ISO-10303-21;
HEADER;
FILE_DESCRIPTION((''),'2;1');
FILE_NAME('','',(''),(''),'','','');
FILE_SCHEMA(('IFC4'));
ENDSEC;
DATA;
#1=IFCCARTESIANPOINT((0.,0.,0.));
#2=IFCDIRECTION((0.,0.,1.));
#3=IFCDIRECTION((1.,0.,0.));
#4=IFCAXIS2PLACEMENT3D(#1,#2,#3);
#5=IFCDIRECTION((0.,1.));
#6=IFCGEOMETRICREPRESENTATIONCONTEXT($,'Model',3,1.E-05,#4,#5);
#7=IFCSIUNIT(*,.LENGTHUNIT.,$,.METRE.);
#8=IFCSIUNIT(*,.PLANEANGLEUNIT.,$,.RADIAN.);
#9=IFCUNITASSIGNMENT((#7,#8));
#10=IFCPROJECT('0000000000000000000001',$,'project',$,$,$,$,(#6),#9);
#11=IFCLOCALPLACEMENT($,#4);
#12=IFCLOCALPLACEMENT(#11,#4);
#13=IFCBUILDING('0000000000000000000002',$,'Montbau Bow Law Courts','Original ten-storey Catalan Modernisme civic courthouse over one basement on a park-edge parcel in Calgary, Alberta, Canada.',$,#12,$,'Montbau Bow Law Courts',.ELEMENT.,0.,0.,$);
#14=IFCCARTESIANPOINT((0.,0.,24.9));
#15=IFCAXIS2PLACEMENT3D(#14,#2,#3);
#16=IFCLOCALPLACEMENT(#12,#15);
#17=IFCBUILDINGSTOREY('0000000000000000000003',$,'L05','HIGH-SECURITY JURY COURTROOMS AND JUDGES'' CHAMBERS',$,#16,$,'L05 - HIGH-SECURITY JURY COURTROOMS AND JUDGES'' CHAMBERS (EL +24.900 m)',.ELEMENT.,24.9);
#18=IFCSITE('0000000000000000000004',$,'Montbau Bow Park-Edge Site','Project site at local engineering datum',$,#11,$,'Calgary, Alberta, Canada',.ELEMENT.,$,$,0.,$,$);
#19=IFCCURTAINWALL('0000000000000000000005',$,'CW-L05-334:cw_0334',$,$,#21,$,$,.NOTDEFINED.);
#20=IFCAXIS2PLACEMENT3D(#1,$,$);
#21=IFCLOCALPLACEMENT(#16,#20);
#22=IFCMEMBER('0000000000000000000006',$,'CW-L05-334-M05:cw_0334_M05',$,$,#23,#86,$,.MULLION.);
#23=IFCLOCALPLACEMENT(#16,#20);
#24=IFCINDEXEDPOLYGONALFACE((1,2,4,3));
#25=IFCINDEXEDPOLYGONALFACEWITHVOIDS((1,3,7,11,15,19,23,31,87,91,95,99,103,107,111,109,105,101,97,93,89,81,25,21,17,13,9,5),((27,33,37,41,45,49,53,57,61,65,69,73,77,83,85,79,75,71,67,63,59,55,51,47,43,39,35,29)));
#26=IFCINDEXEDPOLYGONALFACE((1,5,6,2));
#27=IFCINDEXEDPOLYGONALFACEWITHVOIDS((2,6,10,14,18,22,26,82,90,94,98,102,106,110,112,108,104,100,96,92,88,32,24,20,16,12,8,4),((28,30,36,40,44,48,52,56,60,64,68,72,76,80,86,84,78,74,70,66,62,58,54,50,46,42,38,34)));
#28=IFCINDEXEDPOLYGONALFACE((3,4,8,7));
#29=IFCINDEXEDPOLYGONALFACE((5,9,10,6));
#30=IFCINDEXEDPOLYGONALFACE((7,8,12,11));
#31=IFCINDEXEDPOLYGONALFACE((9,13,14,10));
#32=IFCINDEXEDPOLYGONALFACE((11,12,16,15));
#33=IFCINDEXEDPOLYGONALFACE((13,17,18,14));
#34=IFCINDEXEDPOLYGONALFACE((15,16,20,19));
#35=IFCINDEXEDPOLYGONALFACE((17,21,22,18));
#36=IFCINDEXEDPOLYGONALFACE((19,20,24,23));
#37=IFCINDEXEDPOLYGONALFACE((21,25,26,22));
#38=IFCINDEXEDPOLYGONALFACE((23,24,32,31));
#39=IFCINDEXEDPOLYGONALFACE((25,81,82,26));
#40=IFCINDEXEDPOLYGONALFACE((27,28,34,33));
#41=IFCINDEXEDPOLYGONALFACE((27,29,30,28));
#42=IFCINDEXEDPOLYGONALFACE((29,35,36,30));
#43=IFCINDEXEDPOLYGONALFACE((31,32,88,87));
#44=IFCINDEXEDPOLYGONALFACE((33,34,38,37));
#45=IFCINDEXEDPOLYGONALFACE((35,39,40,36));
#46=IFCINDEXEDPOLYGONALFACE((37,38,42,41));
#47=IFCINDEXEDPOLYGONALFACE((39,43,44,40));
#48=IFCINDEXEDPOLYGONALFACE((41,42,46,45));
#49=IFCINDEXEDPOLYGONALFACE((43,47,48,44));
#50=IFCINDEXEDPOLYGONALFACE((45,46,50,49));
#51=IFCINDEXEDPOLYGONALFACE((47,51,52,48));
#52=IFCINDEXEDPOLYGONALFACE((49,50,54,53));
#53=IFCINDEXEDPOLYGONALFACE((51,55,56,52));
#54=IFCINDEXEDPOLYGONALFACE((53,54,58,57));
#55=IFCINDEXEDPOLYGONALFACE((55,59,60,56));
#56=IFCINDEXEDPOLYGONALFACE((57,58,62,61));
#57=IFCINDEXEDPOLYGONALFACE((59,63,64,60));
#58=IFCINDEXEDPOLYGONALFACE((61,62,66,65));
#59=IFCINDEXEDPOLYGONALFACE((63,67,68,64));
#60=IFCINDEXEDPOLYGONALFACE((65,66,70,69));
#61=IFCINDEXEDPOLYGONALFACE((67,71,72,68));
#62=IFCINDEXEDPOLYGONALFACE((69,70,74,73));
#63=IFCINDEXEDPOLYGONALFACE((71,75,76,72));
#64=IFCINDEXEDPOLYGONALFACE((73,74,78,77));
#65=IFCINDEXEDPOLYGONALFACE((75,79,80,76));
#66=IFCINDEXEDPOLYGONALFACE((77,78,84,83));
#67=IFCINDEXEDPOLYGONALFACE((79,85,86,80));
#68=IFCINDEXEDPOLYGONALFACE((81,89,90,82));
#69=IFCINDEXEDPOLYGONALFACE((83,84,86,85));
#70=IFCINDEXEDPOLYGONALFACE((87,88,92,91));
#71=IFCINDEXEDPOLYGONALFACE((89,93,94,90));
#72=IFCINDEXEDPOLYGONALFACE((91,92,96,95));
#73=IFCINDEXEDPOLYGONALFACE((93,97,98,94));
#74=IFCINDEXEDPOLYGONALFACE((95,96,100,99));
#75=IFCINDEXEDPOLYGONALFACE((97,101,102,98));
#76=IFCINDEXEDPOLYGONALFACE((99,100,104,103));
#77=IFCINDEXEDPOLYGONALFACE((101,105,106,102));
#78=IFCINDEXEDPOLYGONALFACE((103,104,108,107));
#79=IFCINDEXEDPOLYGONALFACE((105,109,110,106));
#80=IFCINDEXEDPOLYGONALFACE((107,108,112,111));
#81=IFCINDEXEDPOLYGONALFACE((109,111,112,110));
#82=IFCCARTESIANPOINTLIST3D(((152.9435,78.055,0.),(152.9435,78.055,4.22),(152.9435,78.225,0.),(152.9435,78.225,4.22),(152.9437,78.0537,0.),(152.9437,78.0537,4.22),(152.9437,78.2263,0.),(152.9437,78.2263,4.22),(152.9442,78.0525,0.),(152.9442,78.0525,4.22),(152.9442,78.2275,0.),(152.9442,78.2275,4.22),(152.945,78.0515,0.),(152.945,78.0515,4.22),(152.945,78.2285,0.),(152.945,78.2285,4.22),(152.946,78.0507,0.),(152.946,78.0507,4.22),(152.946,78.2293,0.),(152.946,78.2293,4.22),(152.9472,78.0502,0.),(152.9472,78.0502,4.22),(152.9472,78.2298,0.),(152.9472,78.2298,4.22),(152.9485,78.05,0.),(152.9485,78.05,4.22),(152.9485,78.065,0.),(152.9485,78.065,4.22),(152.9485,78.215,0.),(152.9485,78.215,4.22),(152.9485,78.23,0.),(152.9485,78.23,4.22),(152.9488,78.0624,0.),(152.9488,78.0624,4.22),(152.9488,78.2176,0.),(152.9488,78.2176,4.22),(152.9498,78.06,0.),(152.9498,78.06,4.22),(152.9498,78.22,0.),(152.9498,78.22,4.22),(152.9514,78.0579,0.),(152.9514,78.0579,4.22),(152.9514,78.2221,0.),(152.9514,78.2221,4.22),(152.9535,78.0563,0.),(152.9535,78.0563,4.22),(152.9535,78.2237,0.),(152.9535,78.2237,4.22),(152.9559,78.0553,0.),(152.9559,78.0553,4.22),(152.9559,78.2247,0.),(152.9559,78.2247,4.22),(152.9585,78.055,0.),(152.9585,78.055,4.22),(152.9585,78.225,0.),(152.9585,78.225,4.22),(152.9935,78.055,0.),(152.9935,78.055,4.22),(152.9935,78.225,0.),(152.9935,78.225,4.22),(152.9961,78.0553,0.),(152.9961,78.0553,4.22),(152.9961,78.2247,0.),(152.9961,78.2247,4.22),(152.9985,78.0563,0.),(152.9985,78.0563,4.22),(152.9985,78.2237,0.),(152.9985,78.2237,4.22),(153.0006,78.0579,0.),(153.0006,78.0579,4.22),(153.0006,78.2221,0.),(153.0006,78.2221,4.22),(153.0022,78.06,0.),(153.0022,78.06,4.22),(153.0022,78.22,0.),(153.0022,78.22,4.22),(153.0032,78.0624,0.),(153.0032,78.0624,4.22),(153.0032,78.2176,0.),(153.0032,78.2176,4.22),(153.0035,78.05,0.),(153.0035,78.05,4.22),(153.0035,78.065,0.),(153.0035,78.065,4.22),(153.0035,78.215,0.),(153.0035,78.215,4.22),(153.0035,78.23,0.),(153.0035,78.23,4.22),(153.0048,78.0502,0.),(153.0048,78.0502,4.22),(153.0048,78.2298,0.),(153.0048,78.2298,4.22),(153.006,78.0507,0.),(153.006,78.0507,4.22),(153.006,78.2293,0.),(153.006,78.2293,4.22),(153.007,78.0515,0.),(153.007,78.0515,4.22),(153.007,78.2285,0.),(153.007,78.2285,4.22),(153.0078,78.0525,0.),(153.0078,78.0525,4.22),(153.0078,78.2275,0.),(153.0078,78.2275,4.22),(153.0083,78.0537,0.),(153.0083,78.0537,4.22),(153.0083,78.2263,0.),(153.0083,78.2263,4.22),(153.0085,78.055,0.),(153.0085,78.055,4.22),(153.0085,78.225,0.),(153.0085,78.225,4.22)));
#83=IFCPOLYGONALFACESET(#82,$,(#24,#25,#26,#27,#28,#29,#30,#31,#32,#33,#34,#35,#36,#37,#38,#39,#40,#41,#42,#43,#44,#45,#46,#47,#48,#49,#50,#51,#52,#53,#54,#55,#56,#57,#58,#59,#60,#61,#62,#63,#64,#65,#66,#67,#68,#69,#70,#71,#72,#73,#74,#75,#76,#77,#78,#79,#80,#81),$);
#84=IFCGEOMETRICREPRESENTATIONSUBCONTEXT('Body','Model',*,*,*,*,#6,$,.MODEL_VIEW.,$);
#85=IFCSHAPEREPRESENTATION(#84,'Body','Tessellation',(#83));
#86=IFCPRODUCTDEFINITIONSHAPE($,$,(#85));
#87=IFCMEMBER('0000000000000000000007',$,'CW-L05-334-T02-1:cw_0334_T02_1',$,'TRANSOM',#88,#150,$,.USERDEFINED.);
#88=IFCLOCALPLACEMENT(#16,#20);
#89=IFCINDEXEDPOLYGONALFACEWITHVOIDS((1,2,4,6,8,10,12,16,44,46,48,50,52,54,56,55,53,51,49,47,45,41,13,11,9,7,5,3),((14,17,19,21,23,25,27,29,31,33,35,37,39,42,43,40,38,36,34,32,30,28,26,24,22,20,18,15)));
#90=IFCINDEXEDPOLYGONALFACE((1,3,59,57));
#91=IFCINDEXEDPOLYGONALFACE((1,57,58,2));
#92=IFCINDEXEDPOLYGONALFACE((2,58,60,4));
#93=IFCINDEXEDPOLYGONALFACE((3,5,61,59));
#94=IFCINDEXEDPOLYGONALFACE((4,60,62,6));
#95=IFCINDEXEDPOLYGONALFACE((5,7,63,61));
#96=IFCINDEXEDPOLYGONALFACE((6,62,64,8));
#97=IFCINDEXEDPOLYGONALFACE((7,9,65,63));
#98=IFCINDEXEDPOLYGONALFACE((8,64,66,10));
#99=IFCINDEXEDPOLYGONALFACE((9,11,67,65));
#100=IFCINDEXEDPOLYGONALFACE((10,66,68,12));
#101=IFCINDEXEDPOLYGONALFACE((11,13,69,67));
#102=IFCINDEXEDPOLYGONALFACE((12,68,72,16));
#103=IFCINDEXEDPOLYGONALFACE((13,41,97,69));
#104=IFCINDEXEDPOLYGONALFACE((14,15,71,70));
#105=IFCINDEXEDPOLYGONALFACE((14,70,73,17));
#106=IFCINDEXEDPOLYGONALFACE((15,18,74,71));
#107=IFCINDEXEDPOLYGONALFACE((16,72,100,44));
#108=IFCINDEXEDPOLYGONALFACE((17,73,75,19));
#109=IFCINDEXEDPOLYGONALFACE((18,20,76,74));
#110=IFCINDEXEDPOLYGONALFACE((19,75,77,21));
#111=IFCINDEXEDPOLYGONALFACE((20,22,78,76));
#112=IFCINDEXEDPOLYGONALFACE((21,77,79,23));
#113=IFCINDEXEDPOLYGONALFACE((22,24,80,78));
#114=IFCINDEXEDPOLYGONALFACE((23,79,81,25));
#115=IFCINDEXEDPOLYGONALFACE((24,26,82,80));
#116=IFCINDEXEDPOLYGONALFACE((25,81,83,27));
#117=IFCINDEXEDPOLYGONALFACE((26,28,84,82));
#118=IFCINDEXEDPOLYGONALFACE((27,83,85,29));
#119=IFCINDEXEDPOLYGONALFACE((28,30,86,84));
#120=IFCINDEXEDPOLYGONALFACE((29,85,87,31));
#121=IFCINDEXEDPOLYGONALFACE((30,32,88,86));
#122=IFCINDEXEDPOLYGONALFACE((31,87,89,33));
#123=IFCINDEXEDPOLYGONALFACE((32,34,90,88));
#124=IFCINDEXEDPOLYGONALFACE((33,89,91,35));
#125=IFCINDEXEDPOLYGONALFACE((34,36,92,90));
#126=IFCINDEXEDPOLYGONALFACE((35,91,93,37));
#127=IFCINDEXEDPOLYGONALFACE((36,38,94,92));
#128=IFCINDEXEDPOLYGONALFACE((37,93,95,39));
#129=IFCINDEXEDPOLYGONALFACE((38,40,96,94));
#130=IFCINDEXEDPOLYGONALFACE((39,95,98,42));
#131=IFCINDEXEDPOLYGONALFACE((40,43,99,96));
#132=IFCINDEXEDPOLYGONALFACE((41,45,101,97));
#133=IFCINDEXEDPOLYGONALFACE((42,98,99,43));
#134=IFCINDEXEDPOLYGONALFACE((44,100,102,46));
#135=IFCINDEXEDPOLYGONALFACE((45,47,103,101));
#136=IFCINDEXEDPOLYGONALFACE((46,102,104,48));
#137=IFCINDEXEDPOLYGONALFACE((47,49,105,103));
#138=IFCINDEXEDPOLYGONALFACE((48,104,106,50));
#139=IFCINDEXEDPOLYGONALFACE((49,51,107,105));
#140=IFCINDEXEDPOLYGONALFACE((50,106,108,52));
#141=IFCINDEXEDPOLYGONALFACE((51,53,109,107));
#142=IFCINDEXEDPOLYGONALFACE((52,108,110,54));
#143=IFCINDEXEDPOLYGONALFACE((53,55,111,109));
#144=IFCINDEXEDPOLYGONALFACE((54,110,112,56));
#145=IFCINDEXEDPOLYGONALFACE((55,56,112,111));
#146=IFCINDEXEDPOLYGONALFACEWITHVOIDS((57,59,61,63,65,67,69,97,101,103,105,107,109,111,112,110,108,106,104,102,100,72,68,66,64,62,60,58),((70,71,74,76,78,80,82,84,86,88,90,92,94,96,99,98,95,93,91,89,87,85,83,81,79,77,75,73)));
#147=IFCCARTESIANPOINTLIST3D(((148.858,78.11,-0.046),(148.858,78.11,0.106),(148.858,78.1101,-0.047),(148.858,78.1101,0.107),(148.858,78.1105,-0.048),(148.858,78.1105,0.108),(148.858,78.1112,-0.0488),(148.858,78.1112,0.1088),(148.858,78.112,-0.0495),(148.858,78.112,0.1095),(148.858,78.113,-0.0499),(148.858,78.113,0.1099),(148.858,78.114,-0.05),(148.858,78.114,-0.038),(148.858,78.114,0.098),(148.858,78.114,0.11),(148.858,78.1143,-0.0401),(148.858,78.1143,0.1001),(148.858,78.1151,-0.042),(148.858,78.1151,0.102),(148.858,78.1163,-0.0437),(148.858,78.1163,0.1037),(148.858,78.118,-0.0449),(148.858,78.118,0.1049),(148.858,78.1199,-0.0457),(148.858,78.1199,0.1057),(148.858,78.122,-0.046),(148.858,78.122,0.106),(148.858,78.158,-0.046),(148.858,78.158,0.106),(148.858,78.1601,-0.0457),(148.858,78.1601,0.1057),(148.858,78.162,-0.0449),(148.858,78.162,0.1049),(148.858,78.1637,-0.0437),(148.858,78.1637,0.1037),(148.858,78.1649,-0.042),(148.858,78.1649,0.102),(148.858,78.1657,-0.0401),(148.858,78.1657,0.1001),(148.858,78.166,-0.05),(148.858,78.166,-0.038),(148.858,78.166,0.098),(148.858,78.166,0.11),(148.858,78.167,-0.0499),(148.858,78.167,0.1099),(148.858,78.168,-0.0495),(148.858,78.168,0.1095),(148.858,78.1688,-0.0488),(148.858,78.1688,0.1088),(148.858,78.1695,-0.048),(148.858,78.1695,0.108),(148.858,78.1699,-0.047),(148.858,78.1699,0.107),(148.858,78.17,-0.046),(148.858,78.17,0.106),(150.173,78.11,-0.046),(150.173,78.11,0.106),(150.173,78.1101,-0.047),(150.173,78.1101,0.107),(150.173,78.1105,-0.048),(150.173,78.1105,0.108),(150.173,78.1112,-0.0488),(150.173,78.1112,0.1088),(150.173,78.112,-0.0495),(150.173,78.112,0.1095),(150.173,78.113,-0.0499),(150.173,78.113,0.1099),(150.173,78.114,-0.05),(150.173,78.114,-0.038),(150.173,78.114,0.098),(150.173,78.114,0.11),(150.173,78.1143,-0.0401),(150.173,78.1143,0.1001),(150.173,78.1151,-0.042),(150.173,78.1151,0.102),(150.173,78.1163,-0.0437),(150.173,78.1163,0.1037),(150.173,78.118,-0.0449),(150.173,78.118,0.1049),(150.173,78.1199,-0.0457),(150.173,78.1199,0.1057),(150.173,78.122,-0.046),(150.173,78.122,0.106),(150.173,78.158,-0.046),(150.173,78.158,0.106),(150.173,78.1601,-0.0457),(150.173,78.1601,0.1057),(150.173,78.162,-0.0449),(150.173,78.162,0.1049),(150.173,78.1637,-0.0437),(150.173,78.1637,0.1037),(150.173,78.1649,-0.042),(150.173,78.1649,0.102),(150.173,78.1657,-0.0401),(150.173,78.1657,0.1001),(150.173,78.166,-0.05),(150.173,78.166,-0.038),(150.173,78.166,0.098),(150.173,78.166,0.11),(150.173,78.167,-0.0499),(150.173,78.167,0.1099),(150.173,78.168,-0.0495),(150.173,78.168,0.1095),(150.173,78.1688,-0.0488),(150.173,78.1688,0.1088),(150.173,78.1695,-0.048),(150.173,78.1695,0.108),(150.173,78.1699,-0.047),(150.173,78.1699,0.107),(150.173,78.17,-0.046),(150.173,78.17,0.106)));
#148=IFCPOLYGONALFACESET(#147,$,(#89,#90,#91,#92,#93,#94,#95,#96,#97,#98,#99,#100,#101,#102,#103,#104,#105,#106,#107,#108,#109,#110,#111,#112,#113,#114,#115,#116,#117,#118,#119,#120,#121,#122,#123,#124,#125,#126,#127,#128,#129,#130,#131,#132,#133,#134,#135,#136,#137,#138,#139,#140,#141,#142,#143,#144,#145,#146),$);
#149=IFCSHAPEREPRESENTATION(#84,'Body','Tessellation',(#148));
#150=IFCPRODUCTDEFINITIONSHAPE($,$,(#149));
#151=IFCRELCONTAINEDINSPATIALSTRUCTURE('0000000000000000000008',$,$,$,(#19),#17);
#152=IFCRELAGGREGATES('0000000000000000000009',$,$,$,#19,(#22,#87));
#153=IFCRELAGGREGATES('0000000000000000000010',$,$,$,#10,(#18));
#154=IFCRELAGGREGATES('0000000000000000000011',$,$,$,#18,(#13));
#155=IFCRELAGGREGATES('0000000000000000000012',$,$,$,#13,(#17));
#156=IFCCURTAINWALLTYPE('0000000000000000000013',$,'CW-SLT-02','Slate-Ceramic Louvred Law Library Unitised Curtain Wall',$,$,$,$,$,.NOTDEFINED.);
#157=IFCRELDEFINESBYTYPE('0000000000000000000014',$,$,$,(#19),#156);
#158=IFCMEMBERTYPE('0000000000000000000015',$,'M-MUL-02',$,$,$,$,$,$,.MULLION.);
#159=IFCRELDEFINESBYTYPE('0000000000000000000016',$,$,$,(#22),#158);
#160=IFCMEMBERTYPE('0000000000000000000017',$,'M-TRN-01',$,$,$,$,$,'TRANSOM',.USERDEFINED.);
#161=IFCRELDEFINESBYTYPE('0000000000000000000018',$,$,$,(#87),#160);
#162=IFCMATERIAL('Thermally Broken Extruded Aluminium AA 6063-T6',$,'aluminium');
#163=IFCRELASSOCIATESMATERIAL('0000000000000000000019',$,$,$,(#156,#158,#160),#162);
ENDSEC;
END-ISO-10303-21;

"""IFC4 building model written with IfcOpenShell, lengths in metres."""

from ifc_helpers import new_model, si_unit, direction, frame, origin_with_axes, origin_2d_with_axis, place, context, subcontext, project, spatial, hollow_rectangle, extrude, material, material_profile, profile_set, type_object, element, aggregate, save


model = new_model("IFC4")

# Units and contexts
model_context = context("Model", 3, precision=1e-05, world=origin_with_axes(), true_north=direction((0.0, 1.0)))
body_context = subcontext(model_context, "Body", "Model", "MODEL_VIEW")
ifc_project = project(units=[si_unit("LENGTHUNIT", "METRE"), si_unit("PLANEANGLEUNIT", "RADIAN")], contexts=[model_context])

# Site, building, storey
site_placement = place(None, origin_with_axes())
site = spatial("IfcSite", under=ifc_project, at=site_placement, Name="Montbau Bow Park-Edge Site", Description="Project site at local engineering datum", LongName="Calgary, Alberta, Canada", CompositionType="ELEMENT", RefElevation=0.0)
building_placement = place(site_placement, origin_with_axes())
building = spatial("IfcBuilding", under=site, at=building_placement, Name="Montbau Bow Law Courts", Description="Original ten-storey Catalan Modernisme civic courthouse over one basement on a park-edge parcel in Calgary, Alberta, Canada.", LongName="Montbau Bow Law Courts", CompositionType="ELEMENT", ElevationOfRefHeight=0.0, ElevationOfTerrain=0.0)
storey_placement = place(building_placement, frame((0.0, 0.0, 24.9), z_axis=(0.0, 0.0, 1.0), x_axis=(1.0, 0.0, 0.0)))
storey = spatial("IfcBuildingStorey", under=building, at=storey_placement, Name="L05", Description="HIGH-SECURITY JURY COURTROOMS AND JUDGES' CHAMBERS", LongName="L05 - HIGH-SECURITY JURY COURTROOMS AND JUDGES' CHAMBERS (EL +24.900 m)", CompositionType="ELEMENT", Elevation=24.9)

# Curtain wall, members
ifc_material_1 = material(Name="Thermally Broken Extruded Aluminium AA 6063-T6", Category="aluminium")
curtain_wall_type = type_object("IfcCurtainWallType", Name="CW-SLT-02", Description="Slate-Ceramic Louvred Law Library Unitised Curtain Wall", PredefinedType="NOTDEFINED", material=ifc_material_1)
curtain_wall_placement = place(None, frame((147.44, 78.14, 24.9), z_axis=(0.0, 0.0, 1.0), x_axis=(1.0, 0.0, 0.0)))
curtain_wall = element("IfcCurtainWall", 1, at=curtain_wall_placement, inside=storey, type_object=curtain_wall_type, Name="CW-L05-334:cw_0334", PredefinedType="NOTDEFINED")
ifc_material_profile_1 = material_profile(ifc_material_1, hollow_rectangle(XDim=0.065, YDim=0.18, WallThickness=0.005, InnerFilletRadius=0.01, OuterFilletRadius=0.005, at=origin_2d_with_axis()), Name="CWM-180X65", Category="Main", Priority=0)
ifc_profile_set_1 = profile_set([ifc_material_profile_1], Name="Thermally Broken Extruded Aluminium AA 6063-T6")
member_type_1 = type_object("IfcMemberType", Name="M-MUL-02", PredefinedType="MULLION", material=ifc_profile_set_1)
member_1_placement = place(None, frame((152.976, 78.14, 24.9), z_axis=(0.0, 0.0, 1.0), x_axis=(1.0, 0.0, 0.0)))
member_1 = element("IfcMember", 2, at=member_1_placement, type_object=member_type_1, Name="CW-L05-334-M05:cw_0334_M05", PredefinedType="MULLION", context=body_context, shape_type="SweptSolid", body=[
    extrude(hollow_rectangle(XDim=0.065, YDim=0.18, WallThickness=0.005, InnerFilletRadius=0.01, OuterFilletRadius=0.005, at=origin_2d_with_axis()), origin_with_axes(), (0.0, 0.0, 1.0), 4.22),
])
ifc_material_profile_2 = material_profile(ifc_material_1, hollow_rectangle(XDim=0.06, YDim=0.16, WallThickness=0.004, InnerFilletRadius=0.008, OuterFilletRadius=0.004, at=origin_2d_with_axis()), Name="CWT-160X60", Category="Main", Priority=0)
ifc_profile_set_2 = profile_set([ifc_material_profile_2], Name="Thermally Broken Extruded Aluminium AA 6063-T6")
member_type_2 = type_object("IfcMemberType", Name="M-TRN-01", ElementType="TRANSOM", PredefinedType="USERDEFINED", material=ifc_profile_set_2)
member_2_placement = place(None, frame((148.858, 78.14, 24.93), z_axis=(1.0, 0.0, 0.0), x_axis=(0.0, 1.0, 0.0)))
member_2 = element("IfcMember", 3, at=member_2_placement, type_object=member_type_2, Name="CW-L05-334-T02-1:cw_0334_T02_1", ObjectType="TRANSOM", PredefinedType="USERDEFINED", context=body_context, shape_type="SweptSolid", body=[
    extrude(hollow_rectangle(XDim=0.06, YDim=0.16, WallThickness=0.004, InnerFilletRadius=0.008, OuterFilletRadius=0.004, at=origin_2d_with_axis()), origin_with_axes(), (0.0, 0.0, 1.0), 1.315),
])
aggregate(curtain_wall, [member_1, member_2])

save(model, "model.ifc")
